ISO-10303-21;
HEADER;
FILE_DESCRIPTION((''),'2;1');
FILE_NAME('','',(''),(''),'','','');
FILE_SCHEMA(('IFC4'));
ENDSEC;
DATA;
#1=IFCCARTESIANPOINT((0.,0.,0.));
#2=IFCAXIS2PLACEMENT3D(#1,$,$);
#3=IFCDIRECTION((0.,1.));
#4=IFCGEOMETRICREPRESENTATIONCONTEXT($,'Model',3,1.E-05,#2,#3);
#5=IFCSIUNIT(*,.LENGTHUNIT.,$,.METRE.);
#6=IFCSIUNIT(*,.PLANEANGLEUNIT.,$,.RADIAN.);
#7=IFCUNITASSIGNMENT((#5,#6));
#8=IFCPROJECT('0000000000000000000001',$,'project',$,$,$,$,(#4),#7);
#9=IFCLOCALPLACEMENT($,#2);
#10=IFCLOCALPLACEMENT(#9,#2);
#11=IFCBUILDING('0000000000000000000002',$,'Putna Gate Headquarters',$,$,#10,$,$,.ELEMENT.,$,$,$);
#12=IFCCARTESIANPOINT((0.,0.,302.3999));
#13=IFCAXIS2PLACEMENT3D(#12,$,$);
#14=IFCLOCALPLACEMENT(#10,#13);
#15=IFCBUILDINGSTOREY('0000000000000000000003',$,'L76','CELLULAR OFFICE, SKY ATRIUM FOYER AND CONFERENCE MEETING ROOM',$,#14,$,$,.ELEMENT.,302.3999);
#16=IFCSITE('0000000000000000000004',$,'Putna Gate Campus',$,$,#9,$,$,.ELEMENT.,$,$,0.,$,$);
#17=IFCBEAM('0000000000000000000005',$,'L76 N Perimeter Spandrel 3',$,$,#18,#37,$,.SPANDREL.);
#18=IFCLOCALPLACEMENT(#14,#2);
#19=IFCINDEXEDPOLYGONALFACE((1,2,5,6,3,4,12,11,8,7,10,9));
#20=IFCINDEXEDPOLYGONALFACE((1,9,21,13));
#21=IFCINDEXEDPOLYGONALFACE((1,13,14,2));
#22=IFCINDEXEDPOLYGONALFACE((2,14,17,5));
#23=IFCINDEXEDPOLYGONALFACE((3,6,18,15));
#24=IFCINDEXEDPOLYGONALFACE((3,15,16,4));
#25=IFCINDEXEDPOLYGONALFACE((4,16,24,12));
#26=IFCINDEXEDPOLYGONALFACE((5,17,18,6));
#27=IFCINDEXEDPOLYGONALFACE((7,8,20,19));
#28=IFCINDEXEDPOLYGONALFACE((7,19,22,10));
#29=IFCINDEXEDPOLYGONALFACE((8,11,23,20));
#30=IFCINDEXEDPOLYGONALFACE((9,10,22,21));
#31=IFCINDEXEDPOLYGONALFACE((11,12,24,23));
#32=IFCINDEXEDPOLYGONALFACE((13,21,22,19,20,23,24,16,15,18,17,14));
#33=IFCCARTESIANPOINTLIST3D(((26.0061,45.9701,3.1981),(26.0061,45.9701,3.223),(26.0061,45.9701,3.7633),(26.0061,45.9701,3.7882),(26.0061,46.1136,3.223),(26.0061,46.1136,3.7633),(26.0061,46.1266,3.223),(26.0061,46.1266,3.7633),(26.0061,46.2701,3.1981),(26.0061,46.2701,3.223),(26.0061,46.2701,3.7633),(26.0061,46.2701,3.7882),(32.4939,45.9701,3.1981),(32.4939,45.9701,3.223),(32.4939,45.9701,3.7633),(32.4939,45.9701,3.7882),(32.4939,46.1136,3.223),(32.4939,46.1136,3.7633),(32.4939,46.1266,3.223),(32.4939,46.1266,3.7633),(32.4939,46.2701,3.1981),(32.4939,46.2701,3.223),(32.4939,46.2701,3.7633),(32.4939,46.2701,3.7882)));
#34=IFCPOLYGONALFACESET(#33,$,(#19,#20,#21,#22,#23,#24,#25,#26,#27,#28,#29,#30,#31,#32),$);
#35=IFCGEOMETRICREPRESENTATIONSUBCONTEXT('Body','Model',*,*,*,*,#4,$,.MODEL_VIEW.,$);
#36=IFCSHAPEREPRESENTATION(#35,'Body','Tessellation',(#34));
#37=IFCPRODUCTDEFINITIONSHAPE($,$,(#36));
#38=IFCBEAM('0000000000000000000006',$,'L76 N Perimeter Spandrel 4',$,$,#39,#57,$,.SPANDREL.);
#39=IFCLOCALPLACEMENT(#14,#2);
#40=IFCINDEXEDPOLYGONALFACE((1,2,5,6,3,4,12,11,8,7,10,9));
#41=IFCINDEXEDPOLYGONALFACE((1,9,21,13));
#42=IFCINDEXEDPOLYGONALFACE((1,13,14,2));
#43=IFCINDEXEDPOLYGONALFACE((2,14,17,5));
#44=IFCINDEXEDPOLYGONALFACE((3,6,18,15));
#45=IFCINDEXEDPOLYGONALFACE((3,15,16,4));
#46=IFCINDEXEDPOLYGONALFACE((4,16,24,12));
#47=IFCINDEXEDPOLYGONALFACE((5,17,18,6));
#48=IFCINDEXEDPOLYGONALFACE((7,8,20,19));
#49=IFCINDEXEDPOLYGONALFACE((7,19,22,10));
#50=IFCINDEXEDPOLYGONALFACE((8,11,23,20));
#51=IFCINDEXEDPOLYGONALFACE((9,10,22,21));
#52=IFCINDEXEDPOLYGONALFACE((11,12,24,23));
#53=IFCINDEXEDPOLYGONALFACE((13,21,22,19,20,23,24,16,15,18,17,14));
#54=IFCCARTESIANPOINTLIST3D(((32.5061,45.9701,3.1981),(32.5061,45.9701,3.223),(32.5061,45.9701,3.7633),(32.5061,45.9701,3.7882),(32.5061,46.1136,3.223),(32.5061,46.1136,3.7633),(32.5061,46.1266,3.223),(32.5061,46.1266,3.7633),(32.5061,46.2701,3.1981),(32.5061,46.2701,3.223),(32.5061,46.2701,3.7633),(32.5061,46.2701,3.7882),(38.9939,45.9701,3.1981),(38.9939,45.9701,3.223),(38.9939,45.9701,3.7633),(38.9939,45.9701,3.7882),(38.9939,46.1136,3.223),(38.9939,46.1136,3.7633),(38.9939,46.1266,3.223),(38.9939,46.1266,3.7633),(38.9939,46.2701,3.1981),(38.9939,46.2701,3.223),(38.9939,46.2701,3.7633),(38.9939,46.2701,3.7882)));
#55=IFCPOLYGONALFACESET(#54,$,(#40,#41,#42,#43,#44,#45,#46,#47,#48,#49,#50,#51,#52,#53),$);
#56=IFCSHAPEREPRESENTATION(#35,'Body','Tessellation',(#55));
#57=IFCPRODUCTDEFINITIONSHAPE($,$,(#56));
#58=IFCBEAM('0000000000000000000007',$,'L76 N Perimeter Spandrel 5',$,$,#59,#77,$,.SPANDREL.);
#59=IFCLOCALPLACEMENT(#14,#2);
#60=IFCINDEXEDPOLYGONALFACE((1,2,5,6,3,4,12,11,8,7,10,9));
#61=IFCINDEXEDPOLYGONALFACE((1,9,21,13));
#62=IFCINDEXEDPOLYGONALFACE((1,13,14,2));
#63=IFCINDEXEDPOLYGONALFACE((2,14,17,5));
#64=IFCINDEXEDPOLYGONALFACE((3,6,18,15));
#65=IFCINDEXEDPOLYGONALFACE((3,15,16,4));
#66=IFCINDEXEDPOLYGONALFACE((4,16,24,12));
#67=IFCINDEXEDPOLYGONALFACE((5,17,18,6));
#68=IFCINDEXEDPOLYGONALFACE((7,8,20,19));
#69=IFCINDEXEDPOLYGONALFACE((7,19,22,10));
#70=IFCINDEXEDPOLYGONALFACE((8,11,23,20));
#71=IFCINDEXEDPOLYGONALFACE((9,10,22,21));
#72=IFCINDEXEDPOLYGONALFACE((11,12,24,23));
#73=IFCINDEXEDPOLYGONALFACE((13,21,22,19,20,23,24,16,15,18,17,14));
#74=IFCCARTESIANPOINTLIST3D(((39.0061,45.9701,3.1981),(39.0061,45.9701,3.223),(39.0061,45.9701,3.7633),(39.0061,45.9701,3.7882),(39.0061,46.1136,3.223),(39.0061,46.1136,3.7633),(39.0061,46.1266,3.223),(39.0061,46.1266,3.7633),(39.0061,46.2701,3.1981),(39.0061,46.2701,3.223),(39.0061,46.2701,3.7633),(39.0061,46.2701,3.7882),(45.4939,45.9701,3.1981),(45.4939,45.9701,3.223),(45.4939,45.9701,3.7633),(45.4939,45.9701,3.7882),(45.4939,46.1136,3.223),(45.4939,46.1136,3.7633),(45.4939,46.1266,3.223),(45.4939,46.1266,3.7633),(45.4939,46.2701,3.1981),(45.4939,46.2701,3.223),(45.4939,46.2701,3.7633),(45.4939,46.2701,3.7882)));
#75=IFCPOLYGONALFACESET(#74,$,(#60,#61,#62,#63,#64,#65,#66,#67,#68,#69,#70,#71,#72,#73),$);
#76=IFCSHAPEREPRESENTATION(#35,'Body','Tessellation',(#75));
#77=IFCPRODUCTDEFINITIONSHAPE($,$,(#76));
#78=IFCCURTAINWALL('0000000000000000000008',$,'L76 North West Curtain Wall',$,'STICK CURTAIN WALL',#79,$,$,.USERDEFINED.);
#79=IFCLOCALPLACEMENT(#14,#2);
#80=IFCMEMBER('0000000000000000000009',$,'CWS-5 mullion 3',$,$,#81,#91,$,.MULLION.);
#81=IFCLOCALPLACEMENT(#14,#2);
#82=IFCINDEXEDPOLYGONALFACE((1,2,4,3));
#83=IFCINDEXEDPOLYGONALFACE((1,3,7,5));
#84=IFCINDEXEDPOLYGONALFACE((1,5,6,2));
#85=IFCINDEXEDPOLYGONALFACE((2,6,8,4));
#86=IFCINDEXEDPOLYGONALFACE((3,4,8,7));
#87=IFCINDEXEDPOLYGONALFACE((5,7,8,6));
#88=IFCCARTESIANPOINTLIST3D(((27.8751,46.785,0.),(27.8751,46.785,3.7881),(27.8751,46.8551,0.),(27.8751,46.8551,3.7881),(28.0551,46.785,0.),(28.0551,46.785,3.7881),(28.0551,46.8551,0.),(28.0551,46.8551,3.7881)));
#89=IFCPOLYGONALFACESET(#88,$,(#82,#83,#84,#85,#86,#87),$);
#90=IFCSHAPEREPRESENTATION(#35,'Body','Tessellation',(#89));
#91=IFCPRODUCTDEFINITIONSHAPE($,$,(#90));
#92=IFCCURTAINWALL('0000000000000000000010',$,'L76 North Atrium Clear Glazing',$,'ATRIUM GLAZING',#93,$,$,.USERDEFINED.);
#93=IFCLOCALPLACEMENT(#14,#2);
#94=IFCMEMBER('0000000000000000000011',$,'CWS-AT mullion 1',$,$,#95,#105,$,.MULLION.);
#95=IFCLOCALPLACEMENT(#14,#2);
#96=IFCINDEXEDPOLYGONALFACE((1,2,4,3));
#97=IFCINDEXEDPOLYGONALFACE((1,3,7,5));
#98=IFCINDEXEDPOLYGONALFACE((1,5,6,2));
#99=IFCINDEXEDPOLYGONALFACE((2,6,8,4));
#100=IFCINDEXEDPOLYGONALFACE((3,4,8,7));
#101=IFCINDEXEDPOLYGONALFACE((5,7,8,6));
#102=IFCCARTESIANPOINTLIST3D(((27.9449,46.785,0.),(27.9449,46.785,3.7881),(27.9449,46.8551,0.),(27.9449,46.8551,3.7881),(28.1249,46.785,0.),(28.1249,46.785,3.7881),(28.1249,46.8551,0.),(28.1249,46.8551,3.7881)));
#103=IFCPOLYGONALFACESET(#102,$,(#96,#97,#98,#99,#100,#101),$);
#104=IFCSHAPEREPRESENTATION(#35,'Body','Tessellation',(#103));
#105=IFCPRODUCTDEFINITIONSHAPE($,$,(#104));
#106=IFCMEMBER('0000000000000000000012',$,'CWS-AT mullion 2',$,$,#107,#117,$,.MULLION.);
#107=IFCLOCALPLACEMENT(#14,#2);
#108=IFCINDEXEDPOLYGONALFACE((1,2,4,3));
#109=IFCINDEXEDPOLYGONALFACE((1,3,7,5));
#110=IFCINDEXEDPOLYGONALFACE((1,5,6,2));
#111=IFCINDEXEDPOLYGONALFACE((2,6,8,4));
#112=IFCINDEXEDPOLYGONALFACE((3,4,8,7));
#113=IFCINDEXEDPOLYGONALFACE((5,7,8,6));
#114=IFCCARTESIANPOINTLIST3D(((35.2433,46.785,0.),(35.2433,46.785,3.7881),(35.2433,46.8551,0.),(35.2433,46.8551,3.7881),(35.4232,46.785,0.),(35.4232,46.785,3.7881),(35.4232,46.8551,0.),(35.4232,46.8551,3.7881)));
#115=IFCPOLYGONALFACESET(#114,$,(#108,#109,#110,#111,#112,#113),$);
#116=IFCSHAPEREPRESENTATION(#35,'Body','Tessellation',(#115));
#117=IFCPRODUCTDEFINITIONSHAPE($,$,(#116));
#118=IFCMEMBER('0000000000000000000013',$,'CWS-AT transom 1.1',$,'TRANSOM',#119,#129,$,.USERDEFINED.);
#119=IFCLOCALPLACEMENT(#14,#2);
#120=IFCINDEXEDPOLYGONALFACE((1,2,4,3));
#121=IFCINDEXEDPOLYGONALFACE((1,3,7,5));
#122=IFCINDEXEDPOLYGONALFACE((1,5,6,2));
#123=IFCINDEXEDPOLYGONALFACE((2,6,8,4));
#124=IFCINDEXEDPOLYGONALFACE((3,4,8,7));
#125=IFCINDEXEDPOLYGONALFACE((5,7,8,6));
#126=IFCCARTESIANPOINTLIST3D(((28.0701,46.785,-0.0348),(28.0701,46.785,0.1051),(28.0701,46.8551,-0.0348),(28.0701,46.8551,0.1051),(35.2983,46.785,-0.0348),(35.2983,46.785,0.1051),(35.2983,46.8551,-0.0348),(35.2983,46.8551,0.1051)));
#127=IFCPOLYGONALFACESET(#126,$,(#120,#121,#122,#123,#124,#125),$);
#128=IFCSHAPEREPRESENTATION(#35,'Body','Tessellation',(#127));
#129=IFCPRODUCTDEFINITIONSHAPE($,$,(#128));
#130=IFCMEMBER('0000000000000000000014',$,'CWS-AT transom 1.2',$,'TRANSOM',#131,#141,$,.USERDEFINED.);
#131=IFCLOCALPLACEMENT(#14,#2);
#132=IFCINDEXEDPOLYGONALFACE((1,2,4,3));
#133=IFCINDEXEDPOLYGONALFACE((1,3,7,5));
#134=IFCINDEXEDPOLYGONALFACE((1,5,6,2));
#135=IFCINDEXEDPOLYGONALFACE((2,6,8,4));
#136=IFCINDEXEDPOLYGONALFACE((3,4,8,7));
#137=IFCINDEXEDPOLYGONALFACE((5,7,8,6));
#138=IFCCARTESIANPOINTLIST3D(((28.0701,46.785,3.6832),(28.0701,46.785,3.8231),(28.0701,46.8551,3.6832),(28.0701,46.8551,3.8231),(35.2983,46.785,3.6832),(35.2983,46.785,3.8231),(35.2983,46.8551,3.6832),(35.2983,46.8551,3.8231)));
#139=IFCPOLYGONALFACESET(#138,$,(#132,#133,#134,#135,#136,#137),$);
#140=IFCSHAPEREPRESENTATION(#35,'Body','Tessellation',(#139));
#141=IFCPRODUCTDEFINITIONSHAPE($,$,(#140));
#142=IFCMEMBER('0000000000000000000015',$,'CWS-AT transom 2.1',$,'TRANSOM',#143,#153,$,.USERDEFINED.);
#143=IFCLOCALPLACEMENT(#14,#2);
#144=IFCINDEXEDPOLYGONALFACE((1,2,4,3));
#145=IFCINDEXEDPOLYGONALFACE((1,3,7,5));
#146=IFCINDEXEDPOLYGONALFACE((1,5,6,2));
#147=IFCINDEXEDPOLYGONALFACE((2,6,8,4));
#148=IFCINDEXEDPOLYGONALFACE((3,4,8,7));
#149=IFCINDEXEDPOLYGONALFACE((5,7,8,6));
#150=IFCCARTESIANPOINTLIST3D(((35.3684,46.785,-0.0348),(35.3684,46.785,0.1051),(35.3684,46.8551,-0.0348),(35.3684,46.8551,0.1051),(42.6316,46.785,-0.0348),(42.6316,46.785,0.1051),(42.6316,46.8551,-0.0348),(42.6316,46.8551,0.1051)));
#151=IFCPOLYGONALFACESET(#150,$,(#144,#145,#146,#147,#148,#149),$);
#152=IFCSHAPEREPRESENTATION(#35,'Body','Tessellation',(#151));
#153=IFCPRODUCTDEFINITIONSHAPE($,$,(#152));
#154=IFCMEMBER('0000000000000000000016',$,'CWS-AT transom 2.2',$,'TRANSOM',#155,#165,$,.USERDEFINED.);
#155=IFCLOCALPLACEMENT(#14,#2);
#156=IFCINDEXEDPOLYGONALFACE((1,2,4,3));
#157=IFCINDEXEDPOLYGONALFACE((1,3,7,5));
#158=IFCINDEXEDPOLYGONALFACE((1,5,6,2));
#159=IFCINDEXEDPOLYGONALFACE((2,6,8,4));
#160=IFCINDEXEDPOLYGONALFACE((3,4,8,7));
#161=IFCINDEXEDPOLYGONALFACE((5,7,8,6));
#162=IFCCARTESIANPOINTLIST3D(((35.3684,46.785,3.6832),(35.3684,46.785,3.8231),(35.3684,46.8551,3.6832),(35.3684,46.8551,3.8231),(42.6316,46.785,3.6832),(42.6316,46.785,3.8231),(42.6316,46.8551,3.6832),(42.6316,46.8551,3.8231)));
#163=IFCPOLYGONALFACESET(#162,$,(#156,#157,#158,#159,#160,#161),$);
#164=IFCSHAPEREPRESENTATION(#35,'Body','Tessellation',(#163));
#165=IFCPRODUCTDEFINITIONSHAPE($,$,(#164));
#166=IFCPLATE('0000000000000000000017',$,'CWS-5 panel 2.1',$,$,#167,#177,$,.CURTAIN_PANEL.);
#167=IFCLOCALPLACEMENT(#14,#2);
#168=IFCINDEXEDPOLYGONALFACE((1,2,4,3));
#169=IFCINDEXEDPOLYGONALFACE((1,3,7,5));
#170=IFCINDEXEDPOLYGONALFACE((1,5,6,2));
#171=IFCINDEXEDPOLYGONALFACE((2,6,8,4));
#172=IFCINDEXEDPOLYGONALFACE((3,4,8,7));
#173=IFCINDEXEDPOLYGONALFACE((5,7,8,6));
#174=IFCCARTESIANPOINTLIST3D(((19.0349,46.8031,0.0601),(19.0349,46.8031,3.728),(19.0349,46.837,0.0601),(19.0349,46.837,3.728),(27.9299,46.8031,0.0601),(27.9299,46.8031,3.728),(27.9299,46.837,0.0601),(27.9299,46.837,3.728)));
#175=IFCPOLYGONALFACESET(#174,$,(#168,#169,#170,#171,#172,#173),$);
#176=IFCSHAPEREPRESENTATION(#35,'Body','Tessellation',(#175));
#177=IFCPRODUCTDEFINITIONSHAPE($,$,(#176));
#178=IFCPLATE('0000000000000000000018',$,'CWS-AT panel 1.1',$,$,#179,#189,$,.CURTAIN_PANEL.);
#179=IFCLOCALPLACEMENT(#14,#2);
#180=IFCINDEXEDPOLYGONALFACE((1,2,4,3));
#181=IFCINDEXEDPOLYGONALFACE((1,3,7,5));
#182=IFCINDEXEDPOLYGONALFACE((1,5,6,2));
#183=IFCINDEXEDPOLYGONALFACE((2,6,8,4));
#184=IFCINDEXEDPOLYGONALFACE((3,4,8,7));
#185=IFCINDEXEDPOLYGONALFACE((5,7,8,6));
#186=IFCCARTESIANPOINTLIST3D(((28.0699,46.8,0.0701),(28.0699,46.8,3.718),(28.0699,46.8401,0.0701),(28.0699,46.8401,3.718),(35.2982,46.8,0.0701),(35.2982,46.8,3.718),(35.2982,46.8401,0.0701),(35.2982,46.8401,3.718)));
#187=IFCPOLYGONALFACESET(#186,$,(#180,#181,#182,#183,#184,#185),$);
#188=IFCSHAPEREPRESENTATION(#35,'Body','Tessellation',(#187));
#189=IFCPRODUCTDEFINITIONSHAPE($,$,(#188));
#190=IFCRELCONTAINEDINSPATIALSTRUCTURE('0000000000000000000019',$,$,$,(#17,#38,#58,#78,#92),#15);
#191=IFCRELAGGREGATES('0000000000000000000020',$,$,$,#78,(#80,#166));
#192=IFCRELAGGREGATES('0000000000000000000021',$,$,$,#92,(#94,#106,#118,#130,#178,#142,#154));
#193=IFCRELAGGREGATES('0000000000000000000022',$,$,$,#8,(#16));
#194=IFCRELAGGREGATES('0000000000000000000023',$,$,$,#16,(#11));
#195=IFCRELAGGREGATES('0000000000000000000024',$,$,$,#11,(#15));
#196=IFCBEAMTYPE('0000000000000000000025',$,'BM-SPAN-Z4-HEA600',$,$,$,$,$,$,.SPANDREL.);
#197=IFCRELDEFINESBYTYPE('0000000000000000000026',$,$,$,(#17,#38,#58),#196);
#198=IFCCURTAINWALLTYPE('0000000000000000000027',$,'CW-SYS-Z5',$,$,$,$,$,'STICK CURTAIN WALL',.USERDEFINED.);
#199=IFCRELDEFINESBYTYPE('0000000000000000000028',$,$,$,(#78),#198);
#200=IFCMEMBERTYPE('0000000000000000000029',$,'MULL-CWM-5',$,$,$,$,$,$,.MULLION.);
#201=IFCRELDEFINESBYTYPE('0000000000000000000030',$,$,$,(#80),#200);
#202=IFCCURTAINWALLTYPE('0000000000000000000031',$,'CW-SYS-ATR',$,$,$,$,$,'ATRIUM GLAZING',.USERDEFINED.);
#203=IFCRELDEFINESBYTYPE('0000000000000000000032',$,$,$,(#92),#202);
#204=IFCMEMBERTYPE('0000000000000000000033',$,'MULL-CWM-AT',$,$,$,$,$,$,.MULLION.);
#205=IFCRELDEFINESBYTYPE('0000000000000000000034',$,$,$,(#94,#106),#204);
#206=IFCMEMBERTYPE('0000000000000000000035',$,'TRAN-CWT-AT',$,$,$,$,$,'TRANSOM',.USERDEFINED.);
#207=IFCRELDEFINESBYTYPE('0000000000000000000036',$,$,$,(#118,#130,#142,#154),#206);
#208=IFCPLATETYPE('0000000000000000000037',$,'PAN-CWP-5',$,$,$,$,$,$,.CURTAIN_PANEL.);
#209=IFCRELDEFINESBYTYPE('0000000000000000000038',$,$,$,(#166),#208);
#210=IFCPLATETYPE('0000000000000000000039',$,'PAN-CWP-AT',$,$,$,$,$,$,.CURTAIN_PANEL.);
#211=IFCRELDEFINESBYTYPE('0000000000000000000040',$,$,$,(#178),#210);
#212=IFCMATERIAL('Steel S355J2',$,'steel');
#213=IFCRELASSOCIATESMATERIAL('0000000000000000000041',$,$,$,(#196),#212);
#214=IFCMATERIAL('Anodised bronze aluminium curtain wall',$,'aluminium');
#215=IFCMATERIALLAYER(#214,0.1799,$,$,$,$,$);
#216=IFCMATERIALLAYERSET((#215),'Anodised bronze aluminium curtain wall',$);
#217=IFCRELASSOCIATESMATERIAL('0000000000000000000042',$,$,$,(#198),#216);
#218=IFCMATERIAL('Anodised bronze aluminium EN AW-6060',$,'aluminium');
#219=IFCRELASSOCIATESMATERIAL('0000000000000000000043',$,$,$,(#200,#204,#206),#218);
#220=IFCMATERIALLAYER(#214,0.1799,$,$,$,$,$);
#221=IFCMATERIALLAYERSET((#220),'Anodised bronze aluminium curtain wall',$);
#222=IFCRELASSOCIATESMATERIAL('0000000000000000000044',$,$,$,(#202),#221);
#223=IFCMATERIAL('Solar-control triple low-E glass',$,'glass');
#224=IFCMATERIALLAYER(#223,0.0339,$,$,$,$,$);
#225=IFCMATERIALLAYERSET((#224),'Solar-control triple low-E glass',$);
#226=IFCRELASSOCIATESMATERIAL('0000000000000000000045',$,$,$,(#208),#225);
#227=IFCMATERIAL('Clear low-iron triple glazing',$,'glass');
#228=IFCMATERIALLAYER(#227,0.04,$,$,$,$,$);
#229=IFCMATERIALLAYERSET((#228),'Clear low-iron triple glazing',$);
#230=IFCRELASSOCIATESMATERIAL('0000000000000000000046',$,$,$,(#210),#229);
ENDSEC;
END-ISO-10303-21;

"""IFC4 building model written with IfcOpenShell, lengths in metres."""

from ifc_helpers import new_model, si_unit, direction, frame, origin, origin_2d, place, context, subcontext, project, spatial, rectangle, i_section, extrude, material, layer, layer_set, material_profile, profile_set, type_object, element, aggregate, save


model = new_model("IFC4")

# Units and contexts
model_context = context("Model", 3, precision=1e-05, world=origin(), true_north=direction((0.0, 1.0)))
body_context = subcontext(model_context, "Body", "Model", "MODEL_VIEW")
ifc_project = project(units=[si_unit("LENGTHUNIT", "METRE"), si_unit("PLANEANGLEUNIT", "RADIAN")], contexts=[model_context])

# Site, building, storey
site_placement = place(None, origin())
site = spatial("IfcSite", under=ifc_project, at=site_placement, Name="Putna Gate Campus", CompositionType="ELEMENT", RefElevation=0.0)
building_placement = place(site_placement, origin())
building = spatial("IfcBuilding", under=site, at=building_placement, Name="Putna Gate Headquarters", CompositionType="ELEMENT")
storey_placement = place(building_placement, frame((0.0, 0.0, 302.3999)))
storey = spatial("IfcBuildingStorey", under=building, at=storey_placement, Name="L76", Description="CELLULAR OFFICE, SKY ATRIUM FOYER AND CONFERENCE MEETING ROOM", CompositionType="ELEMENT", Elevation=302.3999)

# Beams
ifc_material_1 = material(Name="Steel S355J2", Category="steel")
ifc_material_profile_1 = material_profile(ifc_material_1, i_section(OverallWidth=0.3, OverallDepth=0.5901, WebThickness=0.0129, FlangeThickness=0.0249, at=origin_2d()), Name="Steel S355J2")
ifc_profile_set_1 = profile_set([ifc_material_profile_1], Name="Steel S355J2")
beam_type_1 = type_object("IfcBeamType", Name="BM-SPAN-Z4-HEA600", PredefinedType="SPANDREL", material=ifc_profile_set_1)
for number, where, z_axis, x_axis, name in (
    (1, (26.0061, 46.1201, 3.4932), (1.0, 0.0, 0.0), (0.0, 1.0, 0.0), "L76 N Perimeter Spandrel 3"),
    (2, (32.5061, 46.1201, 3.4932), (1.0, 0.0, 0.0), (0.0, 1.0, 0.0), "L76 N Perimeter Spandrel 4"),
    (3, (39.0061, 46.1201, 3.4932), (1.0, 0.0, 0.0), (0.0, 1.0, 0.0), "L76 N Perimeter Spandrel 5"),
):
    element("IfcBeam", number, at=place(storey_placement, frame(where, z_axis=z_axis, x_axis=x_axis)), inside=storey, type_object=beam_type_1, Name=name, PredefinedType="SPANDREL", context=body_context, shape_type="SweptSolid", body=[
        extrude(i_section(OverallWidth=0.3, OverallDepth=0.5901, WebThickness=0.0129, FlangeThickness=0.0249, at=origin_2d()), origin(), (0.0, 0.0, 1.0), 6.4878),
    ])

# Curtain wall, member
ifc_material_2 = material(Name="Anodised bronze aluminium curtain wall", Category="aluminium")
ifc_layer_1 = layer(ifc_material_2, 0.1799)
ifc_layer_set_1 = layer_set([ifc_layer_1], Name="Anodised bronze aluminium curtain wall")
curtain_wall_type_1 = type_object("IfcCurtainWallType", Name="CW-SYS-Z5", ElementType="STICK CURTAIN WALL", PredefinedType="USERDEFINED", material=ifc_layer_set_1)
curtain_wall_1_placement = place(storey_placement, origin())
curtain_wall_1 = element("IfcCurtainWall", 4, at=curtain_wall_1_placement, inside=storey, type_object=curtain_wall_type_1, Name="L76 North West Curtain Wall", ObjectType="STICK CURTAIN WALL", PredefinedType="USERDEFINED")
ifc_material_3 = material(Name="Anodised bronze aluminium EN AW-6060", Category="aluminium")
ifc_material_profile_2 = material_profile(ifc_material_3, rectangle(XDim=0.0701, YDim=0.1799, at=origin_2d()), Name="Anodised bronze aluminium EN AW-6060")
ifc_profile_set_2 = profile_set([ifc_material_profile_2], Name="Anodised bronze aluminium EN AW-6060")
member_type_1 = type_object("IfcMemberType", Name="MULL-CWM-5", PredefinedType="MULLION", material=ifc_profile_set_2)
member_1_placement = place(storey_placement, frame((27.9651, 46.8201, 0.0), z_axis=(0.0, 0.0, 1.0), x_axis=(0.0, 1.0, 0.0)))
member_1 = element("IfcMember", 5, at=member_1_placement, type_object=member_type_1, Name="CWS-5 mullion 3", PredefinedType="MULLION", context=body_context, shape_type="SweptSolid", body=[
    extrude(rectangle(XDim=0.0701, YDim=0.1799, at=origin_2d()), origin(), (0.0, 0.0, 1.0), 3.7881),
])

# Curtain wall, members
ifc_layer_2 = layer(ifc_material_2, 0.1799)
ifc_layer_set_2 = layer_set([ifc_layer_2], Name="Anodised bronze aluminium curtain wall")
curtain_wall_type_2 = type_object("IfcCurtainWallType", Name="CW-SYS-ATR", ElementType="ATRIUM GLAZING", PredefinedType="USERDEFINED", material=ifc_layer_set_2)
curtain_wall_2_placement = place(storey_placement, origin())
curtain_wall_2 = element("IfcCurtainWall", 6, at=curtain_wall_2_placement, inside=storey, type_object=curtain_wall_type_2, Name="L76 North Atrium Clear Glazing", ObjectType="ATRIUM GLAZING", PredefinedType="USERDEFINED")
ifc_material_profile_3 = material_profile(ifc_material_3, rectangle(XDim=0.0701, YDim=0.1799, at=origin_2d()), Name="Anodised bronze aluminium EN AW-6060")
ifc_profile_set_3 = profile_set([ifc_material_profile_3], Name="Anodised bronze aluminium EN AW-6060")
member_type_2 = type_object("IfcMemberType", Name="MULL-CWM-AT", PredefinedType="MULLION", material=ifc_profile_set_3)
member_2_placement = place(storey_placement, frame((28.0349, 46.8201, 0.0), z_axis=(0.0, 0.0, 1.0), x_axis=(0.0, 1.0, 0.0)))
member_2 = element("IfcMember", 7, at=member_2_placement, type_object=member_type_2, Name="CWS-AT mullion 1", PredefinedType="MULLION", context=body_context, shape_type="SweptSolid", body=[
    extrude(rectangle(XDim=0.0701, YDim=0.1799, at=origin_2d()), origin(), (0.0, 0.0, 1.0), 3.7881),
])
member_3_placement = place(storey_placement, frame((35.3333, 46.8201, 0.0), z_axis=(0.0, 0.0, 1.0), x_axis=(0.0, 1.0, 0.0)))
member_3 = element("IfcMember", 8, at=member_3_placement, type_object=member_type_2, Name="CWS-AT mullion 2", PredefinedType="MULLION", context=body_context, shape_type="SweptSolid", body=[
    extrude(rectangle(XDim=0.0701, YDim=0.1799, at=origin_2d()), origin(), (0.0, 0.0, 1.0), 3.7881),
])
ifc_material_profile_4 = material_profile(ifc_material_3, rectangle(XDim=0.0701, YDim=0.1399, at=origin_2d()), Name="Anodised bronze aluminium EN AW-6060")
ifc_profile_set_4 = profile_set([ifc_material_profile_4], Name="Anodised bronze aluminium EN AW-6060")
member_type_3 = type_object("IfcMemberType", Name="TRAN-CWT-AT", ElementType="TRANSOM", PredefinedType="USERDEFINED", material=ifc_profile_set_4)
member_4_placement = place(storey_placement, frame((28.0701, 46.8201, 0.0352), z_axis=(1.0, 0.0, 0.0), x_axis=(0.0, 1.0, 0.0)))
member_4 = element("IfcMember", 9, at=member_4_placement, type_object=member_type_3, Name="CWS-AT transom 1.1", ObjectType="TRANSOM", PredefinedType="USERDEFINED", context=body_context, shape_type="SweptSolid", body=[
    extrude(rectangle(XDim=0.0701, YDim=0.1399, at=origin_2d()), origin(), (0.0, 0.0, 1.0), 7.2283),
])
member_5_placement = place(storey_placement, frame((28.0701, 46.8201, 3.7532), z_axis=(1.0, 0.0, 0.0), x_axis=(0.0, 1.0, 0.0)))
member_5 = element("IfcMember", 10, at=member_5_placement, type_object=member_type_3, Name="CWS-AT transom 1.2", ObjectType="TRANSOM", PredefinedType="USERDEFINED", context=body_context, shape_type="SweptSolid", body=[
    extrude(rectangle(XDim=0.0701, YDim=0.1399, at=origin_2d()), origin(), (0.0, 0.0, 1.0), 7.2283),
])
member_6_placement = place(storey_placement, frame((35.3684, 46.8201, 0.0352), z_axis=(1.0, 0.0, 0.0), x_axis=(0.0, 1.0, 0.0)))
member_6 = element("IfcMember", 11, at=member_6_placement, type_object=member_type_3, Name="CWS-AT transom 2.1", ObjectType="TRANSOM", PredefinedType="USERDEFINED", context=body_context, shape_type="SweptSolid", body=[
    extrude(rectangle(XDim=0.0701, YDim=0.1399, at=origin_2d()), origin(), (0.0, 0.0, 1.0), 7.2632),
])
member_7_placement = place(storey_placement, frame((35.3684, 46.8201, 3.7532), z_axis=(1.0, 0.0, 0.0), x_axis=(0.0, 1.0, 0.0)))
member_7 = element("IfcMember", 12, at=member_7_placement, type_object=member_type_3, Name="CWS-AT transom 2.2", ObjectType="TRANSOM", PredefinedType="USERDEFINED", context=body_context, shape_type="SweptSolid", body=[
    extrude(rectangle(XDim=0.0701, YDim=0.1399, at=origin_2d()), origin(), (0.0, 0.0, 1.0), 7.2632),
])

# Plates
ifc_material_4 = material(Name="Solar-control triple low-E glass", Category="glass")
ifc_layer_3 = layer(ifc_material_4, 0.0339)
ifc_layer_set_3 = layer_set([ifc_layer_3], Name="Solar-control triple low-E glass")
plate_type_1 = type_object("IfcPlateType", Name="PAN-CWP-5", PredefinedType="CURTAIN_PANEL", material=ifc_layer_set_3)
plate_1_placement = place(storey_placement, frame((23.4824, 46.8201, 0.0601), z_axis=(0.0, 0.0, 1.0), x_axis=(1.0, 0.0, 0.0)))
plate_1 = element("IfcPlate", 13, at=plate_1_placement, type_object=plate_type_1, Name="CWS-5 panel 2.1", PredefinedType="CURTAIN_PANEL", context=body_context, shape_type="SweptSolid", body=[
    extrude(rectangle(XDim=8.895, YDim=0.0339, at=origin_2d()), origin(), (0.0, 0.0, 1.0), 3.668),
])
aggregate(curtain_wall_1, [member_1, plate_1])
ifc_material_5 = material(Name="Clear low-iron triple glazing", Category="glass")
ifc_layer_4 = layer(ifc_material_5, 0.04)
ifc_layer_set_4 = layer_set([ifc_layer_4], Name="Clear low-iron triple glazing")
plate_type_2 = type_object("IfcPlateType", Name="PAN-CWP-AT", PredefinedType="CURTAIN_PANEL", material=ifc_layer_set_4)
plate_2_placement = place(storey_placement, frame((31.6841, 46.8201, 0.0701), z_axis=(0.0, 0.0, 1.0), x_axis=(1.0, 0.0, 0.0)))
plate_2 = element("IfcPlate", 14, at=plate_2_placement, type_object=plate_type_2, Name="CWS-AT panel 1.1", PredefinedType="CURTAIN_PANEL", context=body_context, shape_type="SweptSolid", body=[
    extrude(rectangle(XDim=7.2283, YDim=0.04, at=origin_2d()), origin(), (0.0, 0.0, 1.0), 3.6479),
])
aggregate(curtain_wall_2, [member_2, member_3, member_4, member_5, plate_2, member_6, member_7])

save(model, "model.ifc")
